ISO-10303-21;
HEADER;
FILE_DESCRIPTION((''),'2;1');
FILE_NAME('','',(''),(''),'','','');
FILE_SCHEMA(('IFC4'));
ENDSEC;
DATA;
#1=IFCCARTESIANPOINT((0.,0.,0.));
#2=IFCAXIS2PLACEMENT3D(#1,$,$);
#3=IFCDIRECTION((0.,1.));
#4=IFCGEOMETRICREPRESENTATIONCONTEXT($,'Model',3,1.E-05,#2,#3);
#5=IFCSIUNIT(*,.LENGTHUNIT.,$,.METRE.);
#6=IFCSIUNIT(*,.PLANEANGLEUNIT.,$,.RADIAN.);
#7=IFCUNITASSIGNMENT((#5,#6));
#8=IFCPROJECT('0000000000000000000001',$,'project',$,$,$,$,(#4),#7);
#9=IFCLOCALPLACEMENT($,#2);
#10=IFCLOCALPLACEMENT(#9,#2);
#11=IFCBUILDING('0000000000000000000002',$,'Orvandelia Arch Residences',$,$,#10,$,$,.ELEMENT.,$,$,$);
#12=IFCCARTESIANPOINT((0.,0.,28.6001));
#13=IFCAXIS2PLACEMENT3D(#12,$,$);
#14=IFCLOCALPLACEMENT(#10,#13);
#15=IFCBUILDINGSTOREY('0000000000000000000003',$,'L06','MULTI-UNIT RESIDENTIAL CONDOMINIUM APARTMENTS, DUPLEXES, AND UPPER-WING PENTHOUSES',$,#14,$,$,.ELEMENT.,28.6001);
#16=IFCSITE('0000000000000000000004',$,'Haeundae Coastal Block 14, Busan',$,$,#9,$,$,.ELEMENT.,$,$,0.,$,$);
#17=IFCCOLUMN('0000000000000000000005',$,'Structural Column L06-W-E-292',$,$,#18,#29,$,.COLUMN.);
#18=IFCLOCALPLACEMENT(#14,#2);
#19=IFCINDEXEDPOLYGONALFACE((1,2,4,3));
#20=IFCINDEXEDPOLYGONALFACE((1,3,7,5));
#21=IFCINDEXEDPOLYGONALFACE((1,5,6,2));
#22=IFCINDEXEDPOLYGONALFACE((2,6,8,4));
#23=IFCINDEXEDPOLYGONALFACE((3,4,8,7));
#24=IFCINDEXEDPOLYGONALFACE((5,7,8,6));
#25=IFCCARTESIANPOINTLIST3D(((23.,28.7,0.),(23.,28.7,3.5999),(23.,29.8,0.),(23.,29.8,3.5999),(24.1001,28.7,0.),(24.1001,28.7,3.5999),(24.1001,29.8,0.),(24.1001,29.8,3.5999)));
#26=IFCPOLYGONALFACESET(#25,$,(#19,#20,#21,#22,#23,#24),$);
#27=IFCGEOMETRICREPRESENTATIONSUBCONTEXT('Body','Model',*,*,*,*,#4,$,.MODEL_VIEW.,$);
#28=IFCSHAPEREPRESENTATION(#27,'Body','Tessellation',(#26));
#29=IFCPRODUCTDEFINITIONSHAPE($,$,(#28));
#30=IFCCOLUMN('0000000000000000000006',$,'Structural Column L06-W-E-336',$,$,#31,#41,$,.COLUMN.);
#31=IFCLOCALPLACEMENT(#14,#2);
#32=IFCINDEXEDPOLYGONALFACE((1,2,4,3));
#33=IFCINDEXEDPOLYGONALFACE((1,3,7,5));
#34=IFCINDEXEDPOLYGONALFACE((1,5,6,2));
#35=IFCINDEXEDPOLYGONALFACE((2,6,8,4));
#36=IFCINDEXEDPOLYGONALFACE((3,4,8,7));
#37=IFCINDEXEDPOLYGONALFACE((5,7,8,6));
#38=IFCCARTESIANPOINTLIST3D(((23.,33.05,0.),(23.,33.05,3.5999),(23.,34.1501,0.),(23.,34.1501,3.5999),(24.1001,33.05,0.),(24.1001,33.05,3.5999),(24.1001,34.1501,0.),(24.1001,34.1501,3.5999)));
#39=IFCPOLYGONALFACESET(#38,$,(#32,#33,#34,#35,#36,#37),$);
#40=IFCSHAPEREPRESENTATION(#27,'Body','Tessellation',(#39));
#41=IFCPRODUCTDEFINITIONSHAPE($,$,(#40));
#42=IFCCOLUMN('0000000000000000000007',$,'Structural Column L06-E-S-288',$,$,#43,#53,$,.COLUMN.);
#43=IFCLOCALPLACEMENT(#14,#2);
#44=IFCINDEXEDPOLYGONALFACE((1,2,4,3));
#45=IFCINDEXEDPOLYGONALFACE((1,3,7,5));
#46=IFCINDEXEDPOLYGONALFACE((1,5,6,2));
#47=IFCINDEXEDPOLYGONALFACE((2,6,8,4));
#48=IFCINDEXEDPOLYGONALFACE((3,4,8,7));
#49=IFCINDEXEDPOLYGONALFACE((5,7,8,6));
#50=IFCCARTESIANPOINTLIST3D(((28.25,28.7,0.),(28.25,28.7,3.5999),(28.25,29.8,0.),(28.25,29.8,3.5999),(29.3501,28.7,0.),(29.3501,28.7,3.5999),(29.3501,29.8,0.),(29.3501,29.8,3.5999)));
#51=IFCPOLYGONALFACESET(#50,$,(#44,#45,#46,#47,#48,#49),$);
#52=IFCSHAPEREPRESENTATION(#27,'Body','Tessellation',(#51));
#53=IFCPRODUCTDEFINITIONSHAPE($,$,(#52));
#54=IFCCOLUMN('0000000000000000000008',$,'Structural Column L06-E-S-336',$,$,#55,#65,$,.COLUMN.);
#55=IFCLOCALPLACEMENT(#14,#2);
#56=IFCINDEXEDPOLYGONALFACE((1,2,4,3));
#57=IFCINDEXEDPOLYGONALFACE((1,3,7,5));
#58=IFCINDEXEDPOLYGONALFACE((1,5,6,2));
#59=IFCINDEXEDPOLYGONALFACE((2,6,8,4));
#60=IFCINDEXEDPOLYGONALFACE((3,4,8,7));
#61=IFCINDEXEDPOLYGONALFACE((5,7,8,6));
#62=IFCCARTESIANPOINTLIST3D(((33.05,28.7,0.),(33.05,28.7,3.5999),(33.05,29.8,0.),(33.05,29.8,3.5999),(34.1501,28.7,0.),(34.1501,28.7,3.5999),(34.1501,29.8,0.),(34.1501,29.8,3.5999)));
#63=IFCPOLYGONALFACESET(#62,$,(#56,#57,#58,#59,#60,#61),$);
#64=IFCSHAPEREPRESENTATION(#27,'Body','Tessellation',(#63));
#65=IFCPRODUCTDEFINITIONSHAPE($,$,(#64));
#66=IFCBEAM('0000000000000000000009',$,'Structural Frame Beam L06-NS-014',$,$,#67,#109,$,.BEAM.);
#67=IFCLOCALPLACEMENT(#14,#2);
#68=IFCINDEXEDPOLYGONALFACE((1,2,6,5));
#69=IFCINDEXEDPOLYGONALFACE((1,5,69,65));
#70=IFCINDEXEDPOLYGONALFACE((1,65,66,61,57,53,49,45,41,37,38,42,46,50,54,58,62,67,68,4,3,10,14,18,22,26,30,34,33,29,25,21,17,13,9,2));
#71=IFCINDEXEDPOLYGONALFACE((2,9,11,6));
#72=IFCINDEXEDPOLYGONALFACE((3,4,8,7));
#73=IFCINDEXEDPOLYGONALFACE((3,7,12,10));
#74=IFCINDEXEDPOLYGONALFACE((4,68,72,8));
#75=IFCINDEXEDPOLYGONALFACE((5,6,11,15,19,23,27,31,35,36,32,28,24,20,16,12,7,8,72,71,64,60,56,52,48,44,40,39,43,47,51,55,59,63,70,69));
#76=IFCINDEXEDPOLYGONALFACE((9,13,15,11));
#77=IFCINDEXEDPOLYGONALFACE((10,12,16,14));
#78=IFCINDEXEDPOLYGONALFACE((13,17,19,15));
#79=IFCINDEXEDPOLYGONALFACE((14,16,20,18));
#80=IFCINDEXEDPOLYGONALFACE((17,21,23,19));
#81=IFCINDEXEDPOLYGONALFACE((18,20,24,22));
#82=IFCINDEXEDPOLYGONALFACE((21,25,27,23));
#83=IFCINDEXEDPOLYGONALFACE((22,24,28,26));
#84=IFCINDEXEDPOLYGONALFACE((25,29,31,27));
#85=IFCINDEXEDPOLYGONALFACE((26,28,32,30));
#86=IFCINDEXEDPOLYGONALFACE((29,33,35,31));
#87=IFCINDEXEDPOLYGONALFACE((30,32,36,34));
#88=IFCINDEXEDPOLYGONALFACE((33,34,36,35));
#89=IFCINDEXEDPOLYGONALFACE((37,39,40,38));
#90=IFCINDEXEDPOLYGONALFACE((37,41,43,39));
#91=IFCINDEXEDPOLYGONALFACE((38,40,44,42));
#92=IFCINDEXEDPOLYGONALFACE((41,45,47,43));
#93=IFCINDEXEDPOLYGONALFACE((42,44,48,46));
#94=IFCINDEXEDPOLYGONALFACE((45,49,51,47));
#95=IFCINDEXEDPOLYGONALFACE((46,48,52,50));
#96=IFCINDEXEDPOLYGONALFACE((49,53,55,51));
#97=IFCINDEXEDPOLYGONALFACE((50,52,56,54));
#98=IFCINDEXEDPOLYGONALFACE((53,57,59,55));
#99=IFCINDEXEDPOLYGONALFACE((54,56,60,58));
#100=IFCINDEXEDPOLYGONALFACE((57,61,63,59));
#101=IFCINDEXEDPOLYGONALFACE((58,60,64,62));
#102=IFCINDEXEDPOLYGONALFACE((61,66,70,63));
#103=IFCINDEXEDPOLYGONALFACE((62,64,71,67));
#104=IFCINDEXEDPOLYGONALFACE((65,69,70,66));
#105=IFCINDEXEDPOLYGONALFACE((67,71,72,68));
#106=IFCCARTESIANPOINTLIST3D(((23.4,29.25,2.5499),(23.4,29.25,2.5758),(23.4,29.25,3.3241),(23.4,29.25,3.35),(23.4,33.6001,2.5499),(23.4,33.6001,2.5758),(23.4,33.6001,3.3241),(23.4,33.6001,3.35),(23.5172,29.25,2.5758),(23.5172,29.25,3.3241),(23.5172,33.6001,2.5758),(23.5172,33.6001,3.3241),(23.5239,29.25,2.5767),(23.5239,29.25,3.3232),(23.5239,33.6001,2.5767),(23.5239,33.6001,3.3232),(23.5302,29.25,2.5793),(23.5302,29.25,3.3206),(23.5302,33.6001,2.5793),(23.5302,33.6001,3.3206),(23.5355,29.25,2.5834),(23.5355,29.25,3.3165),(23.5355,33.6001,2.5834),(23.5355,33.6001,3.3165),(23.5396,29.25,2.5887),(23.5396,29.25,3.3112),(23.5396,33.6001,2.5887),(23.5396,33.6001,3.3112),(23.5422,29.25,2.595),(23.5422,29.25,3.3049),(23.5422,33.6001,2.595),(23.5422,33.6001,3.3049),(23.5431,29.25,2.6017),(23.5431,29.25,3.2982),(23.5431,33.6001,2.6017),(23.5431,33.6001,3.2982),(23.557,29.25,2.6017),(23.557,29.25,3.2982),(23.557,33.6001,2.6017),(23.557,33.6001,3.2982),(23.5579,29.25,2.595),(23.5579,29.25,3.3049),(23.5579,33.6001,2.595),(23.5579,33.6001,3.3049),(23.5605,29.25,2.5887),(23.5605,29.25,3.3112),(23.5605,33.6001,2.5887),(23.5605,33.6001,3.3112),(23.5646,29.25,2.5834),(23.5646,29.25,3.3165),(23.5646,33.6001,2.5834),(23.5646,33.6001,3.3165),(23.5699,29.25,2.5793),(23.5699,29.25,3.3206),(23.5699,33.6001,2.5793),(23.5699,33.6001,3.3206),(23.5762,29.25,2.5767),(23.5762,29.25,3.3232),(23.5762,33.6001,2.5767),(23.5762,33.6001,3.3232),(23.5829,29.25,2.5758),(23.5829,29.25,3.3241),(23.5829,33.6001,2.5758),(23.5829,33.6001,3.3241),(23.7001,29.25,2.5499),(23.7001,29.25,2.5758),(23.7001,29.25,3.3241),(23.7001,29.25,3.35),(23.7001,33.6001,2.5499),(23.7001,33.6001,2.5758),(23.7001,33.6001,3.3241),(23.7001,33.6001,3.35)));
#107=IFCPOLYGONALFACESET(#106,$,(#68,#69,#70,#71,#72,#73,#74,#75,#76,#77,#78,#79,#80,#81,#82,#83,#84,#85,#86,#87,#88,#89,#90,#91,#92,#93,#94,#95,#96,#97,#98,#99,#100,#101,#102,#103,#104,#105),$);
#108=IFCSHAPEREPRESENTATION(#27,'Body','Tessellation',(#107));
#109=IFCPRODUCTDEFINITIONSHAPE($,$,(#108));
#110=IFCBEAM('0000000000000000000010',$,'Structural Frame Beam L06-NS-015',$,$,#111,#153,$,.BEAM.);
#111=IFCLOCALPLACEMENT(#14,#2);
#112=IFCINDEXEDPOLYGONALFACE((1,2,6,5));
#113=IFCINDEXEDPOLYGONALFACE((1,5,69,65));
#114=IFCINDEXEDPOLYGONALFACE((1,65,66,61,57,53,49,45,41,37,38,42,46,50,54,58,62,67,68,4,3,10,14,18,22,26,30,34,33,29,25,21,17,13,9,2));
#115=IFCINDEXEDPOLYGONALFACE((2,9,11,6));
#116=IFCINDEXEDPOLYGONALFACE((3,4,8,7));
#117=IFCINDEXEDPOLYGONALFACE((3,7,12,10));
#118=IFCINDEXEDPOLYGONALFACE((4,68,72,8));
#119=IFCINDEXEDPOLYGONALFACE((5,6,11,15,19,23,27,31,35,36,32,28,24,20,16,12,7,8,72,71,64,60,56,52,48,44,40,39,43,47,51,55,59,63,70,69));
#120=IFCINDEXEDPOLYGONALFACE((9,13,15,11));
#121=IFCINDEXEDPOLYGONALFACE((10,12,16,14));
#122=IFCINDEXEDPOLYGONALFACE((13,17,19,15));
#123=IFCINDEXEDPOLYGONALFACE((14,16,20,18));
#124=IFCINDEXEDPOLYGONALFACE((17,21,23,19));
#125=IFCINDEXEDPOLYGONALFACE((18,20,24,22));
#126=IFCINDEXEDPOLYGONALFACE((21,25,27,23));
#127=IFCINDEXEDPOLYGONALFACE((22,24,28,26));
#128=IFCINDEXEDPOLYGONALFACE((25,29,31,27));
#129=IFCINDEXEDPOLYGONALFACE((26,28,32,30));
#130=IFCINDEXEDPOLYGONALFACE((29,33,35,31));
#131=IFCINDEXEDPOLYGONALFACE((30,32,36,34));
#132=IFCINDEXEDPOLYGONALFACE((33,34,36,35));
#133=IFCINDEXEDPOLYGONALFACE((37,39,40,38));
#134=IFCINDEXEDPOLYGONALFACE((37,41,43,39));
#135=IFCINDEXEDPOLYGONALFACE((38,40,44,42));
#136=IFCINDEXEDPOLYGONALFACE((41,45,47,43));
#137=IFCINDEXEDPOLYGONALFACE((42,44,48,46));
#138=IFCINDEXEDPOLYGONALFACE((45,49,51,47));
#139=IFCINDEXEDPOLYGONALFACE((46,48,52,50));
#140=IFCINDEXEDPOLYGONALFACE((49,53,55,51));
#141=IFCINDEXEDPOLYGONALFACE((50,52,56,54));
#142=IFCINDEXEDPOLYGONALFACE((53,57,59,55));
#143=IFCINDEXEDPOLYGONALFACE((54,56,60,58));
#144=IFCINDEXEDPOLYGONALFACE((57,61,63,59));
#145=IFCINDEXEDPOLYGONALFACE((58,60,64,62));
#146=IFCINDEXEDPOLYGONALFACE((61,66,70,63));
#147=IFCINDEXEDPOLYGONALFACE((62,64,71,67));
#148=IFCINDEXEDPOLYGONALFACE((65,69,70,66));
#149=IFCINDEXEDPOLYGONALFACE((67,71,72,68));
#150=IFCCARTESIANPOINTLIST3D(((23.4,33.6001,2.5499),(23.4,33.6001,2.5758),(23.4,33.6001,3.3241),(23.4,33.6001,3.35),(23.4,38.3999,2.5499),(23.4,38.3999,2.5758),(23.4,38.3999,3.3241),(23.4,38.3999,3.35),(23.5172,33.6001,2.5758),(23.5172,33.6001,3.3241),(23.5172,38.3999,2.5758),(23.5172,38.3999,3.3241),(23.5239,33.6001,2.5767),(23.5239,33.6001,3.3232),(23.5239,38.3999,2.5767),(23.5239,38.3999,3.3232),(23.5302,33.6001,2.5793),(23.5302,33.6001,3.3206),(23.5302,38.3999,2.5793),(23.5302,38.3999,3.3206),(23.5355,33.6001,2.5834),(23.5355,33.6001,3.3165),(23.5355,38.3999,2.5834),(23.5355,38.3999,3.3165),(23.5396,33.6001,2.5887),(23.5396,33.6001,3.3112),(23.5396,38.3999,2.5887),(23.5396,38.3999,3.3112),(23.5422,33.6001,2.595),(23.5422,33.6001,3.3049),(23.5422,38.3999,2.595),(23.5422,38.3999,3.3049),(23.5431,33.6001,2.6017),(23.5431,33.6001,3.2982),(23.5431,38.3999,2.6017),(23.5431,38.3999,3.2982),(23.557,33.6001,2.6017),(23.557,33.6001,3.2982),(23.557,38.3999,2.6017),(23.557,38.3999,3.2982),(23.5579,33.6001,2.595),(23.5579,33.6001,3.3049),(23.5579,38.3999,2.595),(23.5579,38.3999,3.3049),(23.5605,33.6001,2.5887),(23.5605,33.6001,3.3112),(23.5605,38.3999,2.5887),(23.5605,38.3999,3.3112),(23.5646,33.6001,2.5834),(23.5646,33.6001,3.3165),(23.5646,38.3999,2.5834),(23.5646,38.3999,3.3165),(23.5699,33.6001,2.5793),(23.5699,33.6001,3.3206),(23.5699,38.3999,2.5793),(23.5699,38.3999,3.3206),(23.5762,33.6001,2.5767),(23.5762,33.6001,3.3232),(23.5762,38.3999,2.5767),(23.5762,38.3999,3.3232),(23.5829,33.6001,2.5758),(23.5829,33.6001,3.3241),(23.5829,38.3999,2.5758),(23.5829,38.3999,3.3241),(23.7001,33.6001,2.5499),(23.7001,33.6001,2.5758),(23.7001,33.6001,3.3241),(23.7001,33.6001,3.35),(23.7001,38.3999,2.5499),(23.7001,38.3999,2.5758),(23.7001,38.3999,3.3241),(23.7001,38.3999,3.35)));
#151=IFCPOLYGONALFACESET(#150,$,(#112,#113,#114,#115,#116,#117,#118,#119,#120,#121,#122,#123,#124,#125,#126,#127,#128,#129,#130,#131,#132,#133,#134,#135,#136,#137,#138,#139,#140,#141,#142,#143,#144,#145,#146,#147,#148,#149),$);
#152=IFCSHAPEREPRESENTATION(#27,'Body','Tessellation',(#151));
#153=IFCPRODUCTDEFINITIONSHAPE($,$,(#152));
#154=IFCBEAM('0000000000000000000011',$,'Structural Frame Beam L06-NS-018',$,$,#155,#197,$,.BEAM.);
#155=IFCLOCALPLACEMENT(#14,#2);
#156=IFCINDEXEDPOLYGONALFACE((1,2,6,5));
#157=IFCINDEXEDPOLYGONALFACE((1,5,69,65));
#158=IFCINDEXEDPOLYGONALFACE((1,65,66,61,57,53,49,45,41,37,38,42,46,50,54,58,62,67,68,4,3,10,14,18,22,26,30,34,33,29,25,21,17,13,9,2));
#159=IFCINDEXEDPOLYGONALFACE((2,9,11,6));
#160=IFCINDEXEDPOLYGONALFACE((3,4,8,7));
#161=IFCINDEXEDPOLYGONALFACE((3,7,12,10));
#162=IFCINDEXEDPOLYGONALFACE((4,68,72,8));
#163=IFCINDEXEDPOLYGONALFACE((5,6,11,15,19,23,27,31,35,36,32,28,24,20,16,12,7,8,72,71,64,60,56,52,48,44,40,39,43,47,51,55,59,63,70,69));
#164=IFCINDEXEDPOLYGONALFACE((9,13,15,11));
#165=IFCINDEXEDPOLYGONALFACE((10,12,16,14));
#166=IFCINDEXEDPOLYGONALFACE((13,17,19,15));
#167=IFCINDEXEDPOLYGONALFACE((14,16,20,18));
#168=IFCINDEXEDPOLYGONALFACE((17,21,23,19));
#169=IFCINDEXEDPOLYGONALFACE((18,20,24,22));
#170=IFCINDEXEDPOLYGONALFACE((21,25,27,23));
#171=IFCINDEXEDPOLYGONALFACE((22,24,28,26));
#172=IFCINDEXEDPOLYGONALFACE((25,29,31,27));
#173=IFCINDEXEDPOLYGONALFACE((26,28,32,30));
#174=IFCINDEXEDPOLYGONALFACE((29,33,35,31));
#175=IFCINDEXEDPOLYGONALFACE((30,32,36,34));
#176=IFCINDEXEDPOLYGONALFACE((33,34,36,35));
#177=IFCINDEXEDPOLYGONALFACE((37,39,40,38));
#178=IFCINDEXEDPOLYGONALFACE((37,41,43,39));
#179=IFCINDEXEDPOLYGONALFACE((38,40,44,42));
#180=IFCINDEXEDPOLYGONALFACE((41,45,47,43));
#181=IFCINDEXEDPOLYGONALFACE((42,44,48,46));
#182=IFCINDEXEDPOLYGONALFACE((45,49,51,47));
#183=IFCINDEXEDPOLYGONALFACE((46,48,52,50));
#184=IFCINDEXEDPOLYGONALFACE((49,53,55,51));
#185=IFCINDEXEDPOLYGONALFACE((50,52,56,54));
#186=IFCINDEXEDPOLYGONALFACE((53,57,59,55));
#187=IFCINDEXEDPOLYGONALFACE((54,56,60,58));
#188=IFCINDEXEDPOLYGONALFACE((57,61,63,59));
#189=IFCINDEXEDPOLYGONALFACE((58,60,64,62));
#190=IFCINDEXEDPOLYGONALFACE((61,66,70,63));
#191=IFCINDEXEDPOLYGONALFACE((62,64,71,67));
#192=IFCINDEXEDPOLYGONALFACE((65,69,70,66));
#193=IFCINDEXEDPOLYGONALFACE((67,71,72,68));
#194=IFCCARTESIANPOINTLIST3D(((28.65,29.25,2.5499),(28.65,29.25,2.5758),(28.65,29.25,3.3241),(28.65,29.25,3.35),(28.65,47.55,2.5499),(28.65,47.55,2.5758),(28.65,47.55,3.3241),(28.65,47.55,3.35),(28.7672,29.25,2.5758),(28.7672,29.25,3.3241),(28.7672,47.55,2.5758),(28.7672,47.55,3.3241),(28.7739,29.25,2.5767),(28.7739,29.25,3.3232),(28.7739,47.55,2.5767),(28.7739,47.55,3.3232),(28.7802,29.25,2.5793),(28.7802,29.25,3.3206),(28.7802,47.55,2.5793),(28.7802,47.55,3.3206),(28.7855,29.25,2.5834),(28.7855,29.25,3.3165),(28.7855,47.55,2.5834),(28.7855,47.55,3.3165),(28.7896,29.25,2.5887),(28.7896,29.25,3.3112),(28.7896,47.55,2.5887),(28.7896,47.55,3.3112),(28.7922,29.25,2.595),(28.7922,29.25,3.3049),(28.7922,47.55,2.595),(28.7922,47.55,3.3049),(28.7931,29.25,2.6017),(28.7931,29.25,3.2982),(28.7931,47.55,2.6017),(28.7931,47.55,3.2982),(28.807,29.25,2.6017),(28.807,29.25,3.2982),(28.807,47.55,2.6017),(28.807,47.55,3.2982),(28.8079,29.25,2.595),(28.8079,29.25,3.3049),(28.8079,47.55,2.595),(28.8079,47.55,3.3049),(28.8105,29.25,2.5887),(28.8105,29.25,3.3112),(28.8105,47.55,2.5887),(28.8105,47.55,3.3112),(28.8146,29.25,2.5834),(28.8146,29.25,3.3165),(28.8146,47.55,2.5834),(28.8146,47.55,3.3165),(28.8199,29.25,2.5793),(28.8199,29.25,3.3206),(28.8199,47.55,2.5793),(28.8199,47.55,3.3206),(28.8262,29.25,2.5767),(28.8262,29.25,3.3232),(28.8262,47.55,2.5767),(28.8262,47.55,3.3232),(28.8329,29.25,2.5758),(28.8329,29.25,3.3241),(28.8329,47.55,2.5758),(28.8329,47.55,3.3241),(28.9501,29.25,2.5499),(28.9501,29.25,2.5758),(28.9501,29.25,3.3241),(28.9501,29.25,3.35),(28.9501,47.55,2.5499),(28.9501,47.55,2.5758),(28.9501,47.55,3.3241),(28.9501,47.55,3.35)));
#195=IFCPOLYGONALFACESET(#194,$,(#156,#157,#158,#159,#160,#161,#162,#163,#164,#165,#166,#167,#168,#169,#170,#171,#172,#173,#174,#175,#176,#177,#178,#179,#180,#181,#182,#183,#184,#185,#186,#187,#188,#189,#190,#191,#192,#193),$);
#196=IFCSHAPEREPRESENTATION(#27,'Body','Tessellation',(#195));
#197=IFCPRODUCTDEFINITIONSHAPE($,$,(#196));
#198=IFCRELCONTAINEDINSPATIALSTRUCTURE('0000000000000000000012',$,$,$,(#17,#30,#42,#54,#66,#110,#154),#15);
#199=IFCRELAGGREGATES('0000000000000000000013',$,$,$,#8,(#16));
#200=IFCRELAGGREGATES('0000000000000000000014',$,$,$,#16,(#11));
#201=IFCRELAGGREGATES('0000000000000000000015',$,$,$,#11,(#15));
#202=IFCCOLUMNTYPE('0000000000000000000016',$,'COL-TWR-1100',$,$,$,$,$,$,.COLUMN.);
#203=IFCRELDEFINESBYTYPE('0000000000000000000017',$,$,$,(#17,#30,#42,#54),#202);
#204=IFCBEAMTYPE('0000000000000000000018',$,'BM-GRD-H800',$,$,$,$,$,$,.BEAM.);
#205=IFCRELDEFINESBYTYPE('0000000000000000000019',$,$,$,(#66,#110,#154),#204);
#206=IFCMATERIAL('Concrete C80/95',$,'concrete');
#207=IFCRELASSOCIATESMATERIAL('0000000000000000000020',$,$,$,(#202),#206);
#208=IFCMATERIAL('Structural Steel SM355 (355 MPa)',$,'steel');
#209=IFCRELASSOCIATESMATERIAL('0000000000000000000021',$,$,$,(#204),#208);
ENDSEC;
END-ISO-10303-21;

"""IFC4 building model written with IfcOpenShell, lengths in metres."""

from ifc_helpers import new_model, si_unit, direction, frame, origin, origin_2d, place, context, subcontext, project, spatial, rectangle, i_section, extrude, material, material_profile, profile_set, type_object, element, save


model = new_model("IFC4")

# Units and contexts
model_context = context("Model", 3, precision=1e-05, world=origin(), true_north=direction((0.0, 1.0)))
body_context = subcontext(model_context, "Body", "Model", "MODEL_VIEW")
ifc_project = project(units=[si_unit("LENGTHUNIT", "METRE"), si_unit("PLANEANGLEUNIT", "RADIAN")], contexts=[model_context])

# Site, building, storey
site_placement = place(None, origin())
site = spatial("IfcSite", under=ifc_project, at=site_placement, Name="Haeundae Coastal Block 14, Busan", CompositionType="ELEMENT", RefElevation=0.0)
building_placement = place(site_placement, origin())
building = spatial("IfcBuilding", under=site, at=building_placement, Name="Orvandelia Arch Residences", CompositionType="ELEMENT")
storey_placement = place(building_placement, frame((0.0, 0.0, 28.6001)))
storey = spatial("IfcBuildingStorey", under=building, at=storey_placement, Name="L06", Description="MULTI-UNIT RESIDENTIAL CONDOMINIUM APARTMENTS, DUPLEXES, AND UPPER-WING PENTHOUSES", CompositionType="ELEMENT", Elevation=28.6001)

# Columns
ifc_material_1 = material(Name="Concrete C80/95", Category="concrete")
ifc_material_profile_1 = material_profile(ifc_material_1, rectangle(XDim=1.1001, YDim=1.1001, at=origin_2d()), Name="Concrete C80/95", Category="concrete")
ifc_profile_set_1 = profile_set([ifc_material_profile_1], Name="Concrete C80/95")
column_type = type_object("IfcColumnType", Name="COL-TWR-1100", PredefinedType="COLUMN", material=ifc_profile_set_1)
for number, where, z_axis, x_axis, name in (
    (1, (23.55, 29.25, 0.0), (0.0, 0.0, 1.0), (1.0, 0.0, 0.0), "Structural Column L06-W-E-292"),
    (2, (23.55, 33.6001, 0.0), (0.0, 0.0, 1.0), (1.0, 0.0, 0.0), "Structural Column L06-W-E-336"),
    (3, (28.8, 29.25, 0.0), (0.0, 0.0, 1.0), (1.0, 0.0, 0.0), "Structural Column L06-E-S-288"),
    (4, (33.6001, 29.25, 0.0), (0.0, 0.0, 1.0), (1.0, 0.0, 0.0), "Structural Column L06-E-S-336"),
):
    element("IfcColumn", number, at=place(storey_placement, frame(where, z_axis=z_axis, x_axis=x_axis)), inside=storey, type_object=column_type, Name=name, PredefinedType="COLUMN", context=body_context, shape_type="SweptSolid", body=[
        extrude(rectangle(XDim=1.1001, YDim=1.1001, at=origin_2d()), origin(), (0.0, 0.0, 1.0), 3.5999),
    ])

# Beams
ifc_material_2 = material(Name="Structural Steel SM355 (355 MPa)", Category="steel")
ifc_material_profile_2 = material_profile(ifc_material_2, i_section(OverallWidth=0.3, OverallDepth=0.8, WebThickness=0.0139, FlangeThickness=0.0259, FilletRadius=0.0259, at=origin_2d()), Name="Structural Steel SM355 (355 MPa)", Category="steel")
ifc_profile_set_2 = profile_set([ifc_material_profile_2], Name="Structural Steel SM355 (355 MPa)")
beam_type = type_object("IfcBeamType", Name="BM-GRD-H800", PredefinedType="BEAM", material=ifc_profile_set_2)
beam_1_placement = place(storey_placement, frame((23.55, 29.25, 2.95), z_axis=(0.0, 1.0, 0.0), x_axis=(-1.0, 0.0, 0.0)))
element("IfcBeam", 5, at=beam_1_placement, inside=storey, type_object=beam_type, Name="Structural Frame Beam L06-NS-014", PredefinedType="BEAM", context=body_context, shape_type="SweptSolid", body=[
    extrude(i_section(OverallWidth=0.3, OverallDepth=0.8, WebThickness=0.0139, FlangeThickness=0.0259, FilletRadius=0.0259, at=origin_2d()), origin(), (0.0, 0.0, 1.0), 4.3501),
])
beam_2_placement = place(storey_placement, frame((23.55, 33.6001, 2.95), z_axis=(0.0, 1.0, 0.0), x_axis=(-1.0, 0.0, 0.0)))
element("IfcBeam", 6, at=beam_2_placement, inside=storey, type_object=beam_type, Name="Structural Frame Beam L06-NS-015", PredefinedType="BEAM", context=body_context, shape_type="SweptSolid", body=[
    extrude(i_section(OverallWidth=0.3, OverallDepth=0.8, WebThickness=0.0139, FlangeThickness=0.0259, FilletRadius=0.0259, at=origin_2d()), origin(), (0.0, 0.0, 1.0), 4.7998),
])
beam_3_placement = place(storey_placement, frame((28.8, 29.25, 2.95), z_axis=(0.0, 1.0, 0.0), x_axis=(-1.0, 0.0, 0.0)))
element("IfcBeam", 7, at=beam_3_placement, inside=storey, type_object=beam_type, Name="Structural Frame Beam L06-NS-018", PredefinedType="BEAM", context=body_context, shape_type="SweptSolid", body=[
    extrude(i_section(OverallWidth=0.3, OverallDepth=0.8, WebThickness=0.0139, FlangeThickness=0.0259, FilletRadius=0.0259, at=origin_2d()), origin(), (0.0, 0.0, 1.0), 18.3),
])

save(model, "model.ifc")
